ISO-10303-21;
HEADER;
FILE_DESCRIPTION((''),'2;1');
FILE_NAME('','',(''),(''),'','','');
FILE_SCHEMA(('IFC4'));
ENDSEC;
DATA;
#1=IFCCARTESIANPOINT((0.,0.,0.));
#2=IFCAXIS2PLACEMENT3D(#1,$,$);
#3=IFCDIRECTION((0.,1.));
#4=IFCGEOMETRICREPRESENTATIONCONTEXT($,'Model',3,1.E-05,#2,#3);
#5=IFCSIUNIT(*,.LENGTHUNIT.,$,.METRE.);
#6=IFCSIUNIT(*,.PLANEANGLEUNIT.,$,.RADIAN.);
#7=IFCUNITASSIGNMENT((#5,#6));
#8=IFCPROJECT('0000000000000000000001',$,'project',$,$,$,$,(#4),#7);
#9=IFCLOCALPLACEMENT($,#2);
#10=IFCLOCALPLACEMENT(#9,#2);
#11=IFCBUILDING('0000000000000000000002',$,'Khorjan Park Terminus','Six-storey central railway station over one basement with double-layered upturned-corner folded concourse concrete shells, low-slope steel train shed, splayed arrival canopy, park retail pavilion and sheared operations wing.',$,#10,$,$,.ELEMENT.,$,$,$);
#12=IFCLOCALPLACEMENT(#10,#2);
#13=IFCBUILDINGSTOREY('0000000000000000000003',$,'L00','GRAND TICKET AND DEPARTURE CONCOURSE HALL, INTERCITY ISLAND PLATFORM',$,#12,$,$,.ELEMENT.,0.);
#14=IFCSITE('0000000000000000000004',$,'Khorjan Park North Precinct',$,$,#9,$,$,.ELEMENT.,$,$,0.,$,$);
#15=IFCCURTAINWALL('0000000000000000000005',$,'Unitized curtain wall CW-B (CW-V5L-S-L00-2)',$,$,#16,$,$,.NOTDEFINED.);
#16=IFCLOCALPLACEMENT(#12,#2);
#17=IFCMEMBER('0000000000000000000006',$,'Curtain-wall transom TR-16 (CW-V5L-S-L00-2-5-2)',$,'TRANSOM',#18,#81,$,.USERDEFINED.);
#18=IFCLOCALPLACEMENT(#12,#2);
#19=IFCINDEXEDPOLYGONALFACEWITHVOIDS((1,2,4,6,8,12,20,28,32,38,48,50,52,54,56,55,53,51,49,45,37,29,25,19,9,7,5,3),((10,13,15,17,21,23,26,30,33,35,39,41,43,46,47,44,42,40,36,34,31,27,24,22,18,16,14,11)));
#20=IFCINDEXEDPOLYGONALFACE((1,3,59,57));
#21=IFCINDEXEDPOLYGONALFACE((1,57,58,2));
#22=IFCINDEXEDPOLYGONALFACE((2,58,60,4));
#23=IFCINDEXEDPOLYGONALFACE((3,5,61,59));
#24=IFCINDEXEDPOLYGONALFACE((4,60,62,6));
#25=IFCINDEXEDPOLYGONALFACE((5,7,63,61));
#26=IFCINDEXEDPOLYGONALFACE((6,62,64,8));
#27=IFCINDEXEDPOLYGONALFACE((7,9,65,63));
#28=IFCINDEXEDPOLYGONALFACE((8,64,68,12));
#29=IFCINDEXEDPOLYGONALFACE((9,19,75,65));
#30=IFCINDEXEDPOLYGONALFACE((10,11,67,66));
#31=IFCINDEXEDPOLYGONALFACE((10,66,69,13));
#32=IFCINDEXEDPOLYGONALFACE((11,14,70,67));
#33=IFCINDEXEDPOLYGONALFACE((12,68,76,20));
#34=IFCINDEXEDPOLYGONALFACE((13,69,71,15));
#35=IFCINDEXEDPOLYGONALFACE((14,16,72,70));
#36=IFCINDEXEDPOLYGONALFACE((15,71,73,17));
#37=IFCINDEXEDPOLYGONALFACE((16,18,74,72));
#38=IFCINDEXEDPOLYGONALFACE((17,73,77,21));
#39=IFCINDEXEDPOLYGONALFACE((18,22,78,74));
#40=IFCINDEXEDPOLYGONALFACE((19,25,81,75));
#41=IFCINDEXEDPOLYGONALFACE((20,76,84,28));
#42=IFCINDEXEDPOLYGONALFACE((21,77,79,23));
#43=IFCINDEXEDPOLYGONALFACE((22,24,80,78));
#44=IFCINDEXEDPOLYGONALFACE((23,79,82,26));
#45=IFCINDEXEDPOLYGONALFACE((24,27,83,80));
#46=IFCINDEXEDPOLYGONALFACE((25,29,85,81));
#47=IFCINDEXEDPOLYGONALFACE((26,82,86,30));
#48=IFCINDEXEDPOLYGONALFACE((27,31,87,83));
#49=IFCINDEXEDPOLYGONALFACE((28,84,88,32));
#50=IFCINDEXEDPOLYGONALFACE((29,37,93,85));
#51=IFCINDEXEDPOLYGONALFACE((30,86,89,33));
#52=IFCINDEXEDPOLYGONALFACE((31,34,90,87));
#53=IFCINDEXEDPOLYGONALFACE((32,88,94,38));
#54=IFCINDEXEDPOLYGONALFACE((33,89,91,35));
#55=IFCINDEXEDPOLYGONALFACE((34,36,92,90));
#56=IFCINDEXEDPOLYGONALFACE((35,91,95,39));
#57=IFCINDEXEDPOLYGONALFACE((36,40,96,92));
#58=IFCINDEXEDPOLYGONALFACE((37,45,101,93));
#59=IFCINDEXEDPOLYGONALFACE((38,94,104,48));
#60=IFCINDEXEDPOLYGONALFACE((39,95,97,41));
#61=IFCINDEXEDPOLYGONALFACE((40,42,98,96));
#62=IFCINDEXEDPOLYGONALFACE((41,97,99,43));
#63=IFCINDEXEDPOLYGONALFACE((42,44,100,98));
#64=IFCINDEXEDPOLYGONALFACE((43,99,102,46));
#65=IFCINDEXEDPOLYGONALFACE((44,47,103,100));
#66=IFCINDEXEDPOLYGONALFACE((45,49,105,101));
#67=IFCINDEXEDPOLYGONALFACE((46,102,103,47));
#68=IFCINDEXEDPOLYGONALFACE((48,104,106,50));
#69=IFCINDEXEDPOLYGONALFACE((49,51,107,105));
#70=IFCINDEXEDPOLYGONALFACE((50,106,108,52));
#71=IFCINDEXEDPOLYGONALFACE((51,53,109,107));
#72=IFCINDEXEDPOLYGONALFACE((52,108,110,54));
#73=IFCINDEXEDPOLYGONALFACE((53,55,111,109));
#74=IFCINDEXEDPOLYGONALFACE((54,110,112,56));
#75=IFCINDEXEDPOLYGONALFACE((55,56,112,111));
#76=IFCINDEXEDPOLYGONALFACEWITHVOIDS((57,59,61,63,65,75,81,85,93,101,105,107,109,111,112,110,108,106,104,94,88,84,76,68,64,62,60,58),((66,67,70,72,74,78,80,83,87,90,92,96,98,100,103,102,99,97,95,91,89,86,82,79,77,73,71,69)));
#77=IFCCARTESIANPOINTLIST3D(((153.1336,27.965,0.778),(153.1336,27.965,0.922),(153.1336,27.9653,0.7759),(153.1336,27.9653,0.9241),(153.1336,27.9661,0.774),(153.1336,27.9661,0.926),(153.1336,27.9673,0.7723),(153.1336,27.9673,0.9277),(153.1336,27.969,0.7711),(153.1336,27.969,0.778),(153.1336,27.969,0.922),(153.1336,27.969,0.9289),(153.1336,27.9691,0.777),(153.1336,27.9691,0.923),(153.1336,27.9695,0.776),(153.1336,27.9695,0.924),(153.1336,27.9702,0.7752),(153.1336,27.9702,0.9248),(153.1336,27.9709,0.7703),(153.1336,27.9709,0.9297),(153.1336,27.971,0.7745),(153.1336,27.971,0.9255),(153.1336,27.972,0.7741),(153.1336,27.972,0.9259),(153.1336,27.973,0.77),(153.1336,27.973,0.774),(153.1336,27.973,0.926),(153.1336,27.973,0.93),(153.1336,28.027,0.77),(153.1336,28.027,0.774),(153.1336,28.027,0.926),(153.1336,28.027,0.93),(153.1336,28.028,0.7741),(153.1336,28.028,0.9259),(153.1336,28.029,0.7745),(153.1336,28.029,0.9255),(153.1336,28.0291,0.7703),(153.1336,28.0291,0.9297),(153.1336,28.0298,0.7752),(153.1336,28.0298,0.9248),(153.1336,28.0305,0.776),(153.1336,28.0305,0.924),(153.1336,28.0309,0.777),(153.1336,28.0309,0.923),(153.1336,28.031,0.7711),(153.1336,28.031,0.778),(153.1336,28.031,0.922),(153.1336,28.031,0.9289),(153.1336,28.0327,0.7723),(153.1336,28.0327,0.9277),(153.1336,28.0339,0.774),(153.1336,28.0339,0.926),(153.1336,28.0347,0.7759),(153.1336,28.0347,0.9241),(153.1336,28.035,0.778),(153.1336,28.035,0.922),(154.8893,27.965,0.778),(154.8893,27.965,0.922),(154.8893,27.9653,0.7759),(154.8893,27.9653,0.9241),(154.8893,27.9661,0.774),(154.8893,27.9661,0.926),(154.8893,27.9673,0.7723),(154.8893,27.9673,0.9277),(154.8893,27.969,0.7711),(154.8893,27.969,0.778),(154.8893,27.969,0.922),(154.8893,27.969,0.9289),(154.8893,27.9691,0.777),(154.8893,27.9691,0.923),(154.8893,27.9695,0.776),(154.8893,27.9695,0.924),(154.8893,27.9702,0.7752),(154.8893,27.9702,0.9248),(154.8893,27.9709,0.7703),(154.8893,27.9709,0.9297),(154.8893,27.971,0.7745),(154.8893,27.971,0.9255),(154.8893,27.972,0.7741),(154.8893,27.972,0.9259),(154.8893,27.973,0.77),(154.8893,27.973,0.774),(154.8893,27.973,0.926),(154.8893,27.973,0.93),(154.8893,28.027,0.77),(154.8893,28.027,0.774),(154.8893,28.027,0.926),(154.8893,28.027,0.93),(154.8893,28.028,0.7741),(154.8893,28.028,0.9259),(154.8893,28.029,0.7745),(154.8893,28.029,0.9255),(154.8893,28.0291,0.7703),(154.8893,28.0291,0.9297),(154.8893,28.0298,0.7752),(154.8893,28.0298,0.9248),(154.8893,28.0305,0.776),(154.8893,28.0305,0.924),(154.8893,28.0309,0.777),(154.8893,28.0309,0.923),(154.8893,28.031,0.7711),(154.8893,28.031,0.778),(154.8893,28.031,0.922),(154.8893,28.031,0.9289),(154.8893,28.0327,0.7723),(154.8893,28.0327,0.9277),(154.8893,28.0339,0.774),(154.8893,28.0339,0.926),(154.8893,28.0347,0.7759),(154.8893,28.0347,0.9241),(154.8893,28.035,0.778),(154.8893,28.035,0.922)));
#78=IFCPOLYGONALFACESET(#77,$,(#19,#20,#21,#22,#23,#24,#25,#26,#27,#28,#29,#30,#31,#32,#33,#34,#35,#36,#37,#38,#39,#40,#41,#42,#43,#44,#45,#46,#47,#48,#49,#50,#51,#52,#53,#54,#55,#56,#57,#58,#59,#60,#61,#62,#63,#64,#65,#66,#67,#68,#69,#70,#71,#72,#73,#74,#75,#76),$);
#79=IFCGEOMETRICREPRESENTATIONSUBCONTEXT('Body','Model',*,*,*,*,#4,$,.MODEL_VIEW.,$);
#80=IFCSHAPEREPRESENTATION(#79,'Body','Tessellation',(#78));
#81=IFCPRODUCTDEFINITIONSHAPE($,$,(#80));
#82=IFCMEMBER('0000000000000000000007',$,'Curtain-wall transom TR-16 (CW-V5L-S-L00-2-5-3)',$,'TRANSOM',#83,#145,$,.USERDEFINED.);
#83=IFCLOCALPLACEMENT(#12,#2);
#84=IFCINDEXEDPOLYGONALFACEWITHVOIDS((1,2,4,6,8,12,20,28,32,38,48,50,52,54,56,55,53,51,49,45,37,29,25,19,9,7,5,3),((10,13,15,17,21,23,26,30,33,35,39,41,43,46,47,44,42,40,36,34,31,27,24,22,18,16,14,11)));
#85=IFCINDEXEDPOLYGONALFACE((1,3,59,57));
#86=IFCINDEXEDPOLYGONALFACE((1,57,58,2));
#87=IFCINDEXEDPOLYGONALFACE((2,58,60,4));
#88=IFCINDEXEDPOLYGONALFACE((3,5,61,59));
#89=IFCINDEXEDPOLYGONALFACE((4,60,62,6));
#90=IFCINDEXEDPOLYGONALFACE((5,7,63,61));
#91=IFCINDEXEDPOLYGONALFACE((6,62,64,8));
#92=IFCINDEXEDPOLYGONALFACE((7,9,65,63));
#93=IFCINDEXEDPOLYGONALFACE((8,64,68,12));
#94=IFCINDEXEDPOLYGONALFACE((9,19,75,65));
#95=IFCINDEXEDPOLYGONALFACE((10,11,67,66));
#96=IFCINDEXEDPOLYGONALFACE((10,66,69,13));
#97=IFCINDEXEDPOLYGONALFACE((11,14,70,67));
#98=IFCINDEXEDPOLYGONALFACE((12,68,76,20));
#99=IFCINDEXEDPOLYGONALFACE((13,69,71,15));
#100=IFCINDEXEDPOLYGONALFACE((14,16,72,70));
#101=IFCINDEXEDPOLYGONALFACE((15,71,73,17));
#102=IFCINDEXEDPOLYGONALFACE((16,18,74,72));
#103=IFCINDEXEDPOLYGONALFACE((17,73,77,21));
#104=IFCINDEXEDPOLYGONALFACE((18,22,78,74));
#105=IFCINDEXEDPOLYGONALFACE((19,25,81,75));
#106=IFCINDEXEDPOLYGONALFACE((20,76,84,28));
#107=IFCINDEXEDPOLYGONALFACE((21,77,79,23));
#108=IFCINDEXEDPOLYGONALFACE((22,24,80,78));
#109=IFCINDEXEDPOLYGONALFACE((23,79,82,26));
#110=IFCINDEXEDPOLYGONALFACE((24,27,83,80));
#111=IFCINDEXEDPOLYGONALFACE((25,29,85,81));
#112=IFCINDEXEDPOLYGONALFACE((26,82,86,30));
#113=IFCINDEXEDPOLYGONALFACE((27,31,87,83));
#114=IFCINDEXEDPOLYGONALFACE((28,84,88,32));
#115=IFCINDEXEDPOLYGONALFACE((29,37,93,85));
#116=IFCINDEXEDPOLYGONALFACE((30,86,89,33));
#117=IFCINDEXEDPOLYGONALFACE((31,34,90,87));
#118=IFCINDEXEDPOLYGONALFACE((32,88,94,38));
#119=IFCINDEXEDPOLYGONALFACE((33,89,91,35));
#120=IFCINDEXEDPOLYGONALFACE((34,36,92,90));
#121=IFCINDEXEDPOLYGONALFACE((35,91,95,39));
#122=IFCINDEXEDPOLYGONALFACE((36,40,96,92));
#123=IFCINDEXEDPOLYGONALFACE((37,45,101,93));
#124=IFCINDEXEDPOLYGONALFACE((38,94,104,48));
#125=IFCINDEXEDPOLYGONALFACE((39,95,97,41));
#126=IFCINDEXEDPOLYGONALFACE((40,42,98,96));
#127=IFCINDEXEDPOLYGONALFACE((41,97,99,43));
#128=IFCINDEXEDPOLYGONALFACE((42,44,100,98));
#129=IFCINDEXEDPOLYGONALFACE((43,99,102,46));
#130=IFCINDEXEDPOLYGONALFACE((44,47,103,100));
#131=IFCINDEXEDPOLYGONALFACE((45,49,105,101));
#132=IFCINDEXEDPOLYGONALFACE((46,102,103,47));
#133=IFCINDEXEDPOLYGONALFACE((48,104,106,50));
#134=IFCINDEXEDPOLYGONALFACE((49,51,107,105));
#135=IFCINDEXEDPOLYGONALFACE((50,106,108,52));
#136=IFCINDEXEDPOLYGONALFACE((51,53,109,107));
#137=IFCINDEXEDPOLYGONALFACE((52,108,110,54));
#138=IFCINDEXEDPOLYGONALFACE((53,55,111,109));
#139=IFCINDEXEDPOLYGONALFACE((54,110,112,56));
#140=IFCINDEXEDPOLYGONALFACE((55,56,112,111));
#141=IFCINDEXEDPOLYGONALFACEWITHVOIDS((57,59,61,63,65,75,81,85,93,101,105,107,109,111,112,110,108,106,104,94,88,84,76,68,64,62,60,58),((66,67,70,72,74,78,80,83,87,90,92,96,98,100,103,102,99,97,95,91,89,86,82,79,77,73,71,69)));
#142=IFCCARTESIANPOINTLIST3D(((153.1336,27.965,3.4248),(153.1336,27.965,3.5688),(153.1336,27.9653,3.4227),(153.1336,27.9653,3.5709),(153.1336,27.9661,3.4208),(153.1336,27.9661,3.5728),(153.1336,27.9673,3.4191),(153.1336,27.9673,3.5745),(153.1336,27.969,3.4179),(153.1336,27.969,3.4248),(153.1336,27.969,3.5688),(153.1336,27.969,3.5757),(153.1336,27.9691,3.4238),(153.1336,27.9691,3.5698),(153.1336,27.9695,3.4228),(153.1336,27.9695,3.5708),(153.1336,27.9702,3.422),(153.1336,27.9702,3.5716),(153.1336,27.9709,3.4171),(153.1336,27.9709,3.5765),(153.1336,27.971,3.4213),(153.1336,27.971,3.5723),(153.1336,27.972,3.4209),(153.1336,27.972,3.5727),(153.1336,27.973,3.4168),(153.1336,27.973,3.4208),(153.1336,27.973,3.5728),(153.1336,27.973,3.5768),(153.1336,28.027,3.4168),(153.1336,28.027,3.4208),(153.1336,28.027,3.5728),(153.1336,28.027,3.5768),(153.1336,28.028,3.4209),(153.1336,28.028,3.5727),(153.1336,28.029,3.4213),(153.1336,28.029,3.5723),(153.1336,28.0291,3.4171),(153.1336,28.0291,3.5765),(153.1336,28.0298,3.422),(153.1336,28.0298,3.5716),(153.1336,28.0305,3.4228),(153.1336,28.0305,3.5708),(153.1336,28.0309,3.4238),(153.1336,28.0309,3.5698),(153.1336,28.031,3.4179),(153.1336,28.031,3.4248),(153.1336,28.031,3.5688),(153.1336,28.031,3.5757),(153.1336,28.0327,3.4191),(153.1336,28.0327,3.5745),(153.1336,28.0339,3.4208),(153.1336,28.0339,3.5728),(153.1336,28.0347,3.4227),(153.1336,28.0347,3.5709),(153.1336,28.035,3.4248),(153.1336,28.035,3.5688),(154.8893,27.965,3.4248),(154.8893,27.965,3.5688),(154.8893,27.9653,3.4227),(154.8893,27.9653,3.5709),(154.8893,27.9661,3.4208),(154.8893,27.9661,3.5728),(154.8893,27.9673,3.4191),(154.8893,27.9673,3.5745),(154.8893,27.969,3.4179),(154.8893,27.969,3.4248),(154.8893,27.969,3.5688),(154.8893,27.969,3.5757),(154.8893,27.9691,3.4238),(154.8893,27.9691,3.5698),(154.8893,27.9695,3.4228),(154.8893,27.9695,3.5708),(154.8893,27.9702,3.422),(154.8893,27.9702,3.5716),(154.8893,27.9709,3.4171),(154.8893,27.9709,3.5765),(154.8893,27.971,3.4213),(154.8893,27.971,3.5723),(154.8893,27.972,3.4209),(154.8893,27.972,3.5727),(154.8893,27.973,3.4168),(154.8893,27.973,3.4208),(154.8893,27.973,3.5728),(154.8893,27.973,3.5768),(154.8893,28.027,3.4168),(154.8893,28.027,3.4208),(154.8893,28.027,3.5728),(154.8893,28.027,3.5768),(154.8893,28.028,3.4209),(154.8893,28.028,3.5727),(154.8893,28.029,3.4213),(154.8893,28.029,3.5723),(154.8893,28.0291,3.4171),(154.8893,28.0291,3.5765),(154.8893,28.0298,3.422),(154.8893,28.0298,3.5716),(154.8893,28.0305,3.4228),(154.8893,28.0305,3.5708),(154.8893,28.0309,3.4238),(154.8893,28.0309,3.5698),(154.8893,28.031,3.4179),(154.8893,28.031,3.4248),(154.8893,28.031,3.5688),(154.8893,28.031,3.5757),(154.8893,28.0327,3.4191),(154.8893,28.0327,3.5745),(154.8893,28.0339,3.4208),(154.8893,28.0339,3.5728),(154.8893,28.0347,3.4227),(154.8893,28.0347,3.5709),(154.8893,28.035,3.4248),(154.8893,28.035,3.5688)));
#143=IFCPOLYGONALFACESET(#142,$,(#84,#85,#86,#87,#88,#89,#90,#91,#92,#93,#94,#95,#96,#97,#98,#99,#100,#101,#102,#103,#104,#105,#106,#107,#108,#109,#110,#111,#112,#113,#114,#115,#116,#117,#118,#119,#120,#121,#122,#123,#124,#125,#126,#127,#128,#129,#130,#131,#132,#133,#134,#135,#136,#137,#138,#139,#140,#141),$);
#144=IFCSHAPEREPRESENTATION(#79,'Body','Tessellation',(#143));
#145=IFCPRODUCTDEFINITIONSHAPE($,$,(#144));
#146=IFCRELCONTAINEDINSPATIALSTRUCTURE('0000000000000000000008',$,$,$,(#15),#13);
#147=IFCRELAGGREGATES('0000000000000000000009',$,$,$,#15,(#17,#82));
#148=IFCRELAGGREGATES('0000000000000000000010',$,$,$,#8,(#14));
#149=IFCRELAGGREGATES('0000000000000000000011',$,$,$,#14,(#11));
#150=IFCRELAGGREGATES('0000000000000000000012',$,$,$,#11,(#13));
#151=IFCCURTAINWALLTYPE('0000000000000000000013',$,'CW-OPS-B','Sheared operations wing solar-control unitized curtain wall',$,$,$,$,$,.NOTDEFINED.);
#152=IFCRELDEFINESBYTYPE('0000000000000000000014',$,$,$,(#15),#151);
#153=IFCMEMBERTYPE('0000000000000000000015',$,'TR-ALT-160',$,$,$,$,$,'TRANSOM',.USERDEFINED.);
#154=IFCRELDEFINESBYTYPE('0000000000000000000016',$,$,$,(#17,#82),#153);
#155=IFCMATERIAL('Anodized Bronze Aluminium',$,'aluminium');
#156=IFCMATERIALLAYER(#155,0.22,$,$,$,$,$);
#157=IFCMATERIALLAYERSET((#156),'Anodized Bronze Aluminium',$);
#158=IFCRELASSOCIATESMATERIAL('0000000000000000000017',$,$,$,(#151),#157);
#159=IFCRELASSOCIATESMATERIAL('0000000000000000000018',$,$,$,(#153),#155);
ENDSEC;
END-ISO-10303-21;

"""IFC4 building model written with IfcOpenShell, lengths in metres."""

from ifc_helpers import new_model, si_unit, direction, frame, origin, origin_2d, place, context, subcontext, project, spatial, hollow_rectangle, extrude, material, layer, layer_set, material_profile, profile_set, type_object, element, aggregate, save


model = new_model("IFC4")

# Units and contexts
model_context = context("Model", 3, precision=1e-05, world=origin(), true_north=direction((0.0, 1.0)))
body_context = subcontext(model_context, "Body", "Model", "MODEL_VIEW")
ifc_project = project(units=[si_unit("LENGTHUNIT", "METRE"), si_unit("PLANEANGLEUNIT", "RADIAN")], contexts=[model_context])

# Site, building, storey
site_placement = place(None, origin())
site = spatial("IfcSite", under=ifc_project, at=site_placement, Name="Khorjan Park North Precinct", CompositionType="ELEMENT", RefElevation=0.0)
building_placement = place(site_placement, origin())
building = spatial("IfcBuilding", under=site, at=building_placement, Name="Khorjan Park Terminus", Description="Six-storey central railway station over one basement with double-layered upturned-corner folded concourse concrete shells, low-slope steel train shed, splayed arrival canopy, park retail pavilion and sheared operations wing.", CompositionType="ELEMENT")
storey_placement = place(building_placement, origin())
storey = spatial("IfcBuildingStorey", under=building, at=storey_placement, Name="L00", Description="GRAND TICKET AND DEPARTURE CONCOURSE HALL, INTERCITY ISLAND PLATFORM", CompositionType="ELEMENT", Elevation=0.0)

# Curtain wall, members
ifc_material_1 = material(Name="Anodized Bronze Aluminium", Category="aluminium")
ifc_layer_1 = layer(ifc_material_1, 0.22)
ifc_layer_set_1 = layer_set([ifc_layer_1], Name="Anodized Bronze Aluminium")
curtain_wall_type = type_object("IfcCurtainWallType", Name="CW-OPS-B", Description="Sheared operations wing solar-control unitized curtain wall", PredefinedType="NOTDEFINED", material=ifc_layer_set_1)
curtain_wall_placement = place(storey_placement, origin())
curtain_wall = element("IfcCurtainWall", 1, at=curtain_wall_placement, inside=storey, type_object=curtain_wall_type, Name="Unitized curtain wall CW-B (CW-V5L-S-L00-2)", PredefinedType="NOTDEFINED")
ifc_material_profile_1 = material_profile(ifc_material_1, hollow_rectangle(XDim=0.07, YDim=0.16, WallThickness=0.004, InnerFilletRadius=0.004, OuterFilletRadius=0.008, at=origin_2d()), Name="ALT 70x160x4")
ifc_profile_set_1 = profile_set([ifc_material_profile_1], Name="Anodized Bronze Aluminium")
member_type_1 = type_object("IfcMemberType", Name="TR-ALT-160", ElementType="TRANSOM", PredefinedType="USERDEFINED", material=ifc_profile_set_1)
member_1_placement = place(storey_placement, frame((153.1336, 28.0, 0.85), z_axis=(1.0, 0.0, 0.0), x_axis=(0.0, 1.0, 0.0)))
member_1 = element("IfcMember", 2, at=member_1_placement, type_object=member_type_1, Name="Curtain-wall transom TR-16 (CW-V5L-S-L00-2-5-2)", ObjectType="TRANSOM", PredefinedType="USERDEFINED", context=body_context, shape_type="SweptSolid", body=[
    extrude(hollow_rectangle(XDim=0.07, YDim=0.16, WallThickness=0.004, InnerFilletRadius=0.004, OuterFilletRadius=0.008, at=origin_2d()), origin(), (0.0, 0.0, 1.0), 1.7557),
])
member_2_placement = place(storey_placement, frame((153.1336, 28.0, 3.4968), z_axis=(1.0, 0.0, 0.0), x_axis=(0.0, 1.0, 0.0)))
member_2 = element("IfcMember", 3, at=member_2_placement, type_object=member_type_1, Name="Curtain-wall transom TR-16 (CW-V5L-S-L00-2-5-3)", ObjectType="TRANSOM", PredefinedType="USERDEFINED", context=body_context, shape_type="SweptSolid", body=[
    extrude(hollow_rectangle(XDim=0.07, YDim=0.16, WallThickness=0.004, InnerFilletRadius=0.004, OuterFilletRadius=0.008, at=origin_2d()), origin(), (0.0, 0.0, 1.0), 1.7557),
])
aggregate(curtain_wall, [member_1, member_2])

save(model, "model.ifc")
